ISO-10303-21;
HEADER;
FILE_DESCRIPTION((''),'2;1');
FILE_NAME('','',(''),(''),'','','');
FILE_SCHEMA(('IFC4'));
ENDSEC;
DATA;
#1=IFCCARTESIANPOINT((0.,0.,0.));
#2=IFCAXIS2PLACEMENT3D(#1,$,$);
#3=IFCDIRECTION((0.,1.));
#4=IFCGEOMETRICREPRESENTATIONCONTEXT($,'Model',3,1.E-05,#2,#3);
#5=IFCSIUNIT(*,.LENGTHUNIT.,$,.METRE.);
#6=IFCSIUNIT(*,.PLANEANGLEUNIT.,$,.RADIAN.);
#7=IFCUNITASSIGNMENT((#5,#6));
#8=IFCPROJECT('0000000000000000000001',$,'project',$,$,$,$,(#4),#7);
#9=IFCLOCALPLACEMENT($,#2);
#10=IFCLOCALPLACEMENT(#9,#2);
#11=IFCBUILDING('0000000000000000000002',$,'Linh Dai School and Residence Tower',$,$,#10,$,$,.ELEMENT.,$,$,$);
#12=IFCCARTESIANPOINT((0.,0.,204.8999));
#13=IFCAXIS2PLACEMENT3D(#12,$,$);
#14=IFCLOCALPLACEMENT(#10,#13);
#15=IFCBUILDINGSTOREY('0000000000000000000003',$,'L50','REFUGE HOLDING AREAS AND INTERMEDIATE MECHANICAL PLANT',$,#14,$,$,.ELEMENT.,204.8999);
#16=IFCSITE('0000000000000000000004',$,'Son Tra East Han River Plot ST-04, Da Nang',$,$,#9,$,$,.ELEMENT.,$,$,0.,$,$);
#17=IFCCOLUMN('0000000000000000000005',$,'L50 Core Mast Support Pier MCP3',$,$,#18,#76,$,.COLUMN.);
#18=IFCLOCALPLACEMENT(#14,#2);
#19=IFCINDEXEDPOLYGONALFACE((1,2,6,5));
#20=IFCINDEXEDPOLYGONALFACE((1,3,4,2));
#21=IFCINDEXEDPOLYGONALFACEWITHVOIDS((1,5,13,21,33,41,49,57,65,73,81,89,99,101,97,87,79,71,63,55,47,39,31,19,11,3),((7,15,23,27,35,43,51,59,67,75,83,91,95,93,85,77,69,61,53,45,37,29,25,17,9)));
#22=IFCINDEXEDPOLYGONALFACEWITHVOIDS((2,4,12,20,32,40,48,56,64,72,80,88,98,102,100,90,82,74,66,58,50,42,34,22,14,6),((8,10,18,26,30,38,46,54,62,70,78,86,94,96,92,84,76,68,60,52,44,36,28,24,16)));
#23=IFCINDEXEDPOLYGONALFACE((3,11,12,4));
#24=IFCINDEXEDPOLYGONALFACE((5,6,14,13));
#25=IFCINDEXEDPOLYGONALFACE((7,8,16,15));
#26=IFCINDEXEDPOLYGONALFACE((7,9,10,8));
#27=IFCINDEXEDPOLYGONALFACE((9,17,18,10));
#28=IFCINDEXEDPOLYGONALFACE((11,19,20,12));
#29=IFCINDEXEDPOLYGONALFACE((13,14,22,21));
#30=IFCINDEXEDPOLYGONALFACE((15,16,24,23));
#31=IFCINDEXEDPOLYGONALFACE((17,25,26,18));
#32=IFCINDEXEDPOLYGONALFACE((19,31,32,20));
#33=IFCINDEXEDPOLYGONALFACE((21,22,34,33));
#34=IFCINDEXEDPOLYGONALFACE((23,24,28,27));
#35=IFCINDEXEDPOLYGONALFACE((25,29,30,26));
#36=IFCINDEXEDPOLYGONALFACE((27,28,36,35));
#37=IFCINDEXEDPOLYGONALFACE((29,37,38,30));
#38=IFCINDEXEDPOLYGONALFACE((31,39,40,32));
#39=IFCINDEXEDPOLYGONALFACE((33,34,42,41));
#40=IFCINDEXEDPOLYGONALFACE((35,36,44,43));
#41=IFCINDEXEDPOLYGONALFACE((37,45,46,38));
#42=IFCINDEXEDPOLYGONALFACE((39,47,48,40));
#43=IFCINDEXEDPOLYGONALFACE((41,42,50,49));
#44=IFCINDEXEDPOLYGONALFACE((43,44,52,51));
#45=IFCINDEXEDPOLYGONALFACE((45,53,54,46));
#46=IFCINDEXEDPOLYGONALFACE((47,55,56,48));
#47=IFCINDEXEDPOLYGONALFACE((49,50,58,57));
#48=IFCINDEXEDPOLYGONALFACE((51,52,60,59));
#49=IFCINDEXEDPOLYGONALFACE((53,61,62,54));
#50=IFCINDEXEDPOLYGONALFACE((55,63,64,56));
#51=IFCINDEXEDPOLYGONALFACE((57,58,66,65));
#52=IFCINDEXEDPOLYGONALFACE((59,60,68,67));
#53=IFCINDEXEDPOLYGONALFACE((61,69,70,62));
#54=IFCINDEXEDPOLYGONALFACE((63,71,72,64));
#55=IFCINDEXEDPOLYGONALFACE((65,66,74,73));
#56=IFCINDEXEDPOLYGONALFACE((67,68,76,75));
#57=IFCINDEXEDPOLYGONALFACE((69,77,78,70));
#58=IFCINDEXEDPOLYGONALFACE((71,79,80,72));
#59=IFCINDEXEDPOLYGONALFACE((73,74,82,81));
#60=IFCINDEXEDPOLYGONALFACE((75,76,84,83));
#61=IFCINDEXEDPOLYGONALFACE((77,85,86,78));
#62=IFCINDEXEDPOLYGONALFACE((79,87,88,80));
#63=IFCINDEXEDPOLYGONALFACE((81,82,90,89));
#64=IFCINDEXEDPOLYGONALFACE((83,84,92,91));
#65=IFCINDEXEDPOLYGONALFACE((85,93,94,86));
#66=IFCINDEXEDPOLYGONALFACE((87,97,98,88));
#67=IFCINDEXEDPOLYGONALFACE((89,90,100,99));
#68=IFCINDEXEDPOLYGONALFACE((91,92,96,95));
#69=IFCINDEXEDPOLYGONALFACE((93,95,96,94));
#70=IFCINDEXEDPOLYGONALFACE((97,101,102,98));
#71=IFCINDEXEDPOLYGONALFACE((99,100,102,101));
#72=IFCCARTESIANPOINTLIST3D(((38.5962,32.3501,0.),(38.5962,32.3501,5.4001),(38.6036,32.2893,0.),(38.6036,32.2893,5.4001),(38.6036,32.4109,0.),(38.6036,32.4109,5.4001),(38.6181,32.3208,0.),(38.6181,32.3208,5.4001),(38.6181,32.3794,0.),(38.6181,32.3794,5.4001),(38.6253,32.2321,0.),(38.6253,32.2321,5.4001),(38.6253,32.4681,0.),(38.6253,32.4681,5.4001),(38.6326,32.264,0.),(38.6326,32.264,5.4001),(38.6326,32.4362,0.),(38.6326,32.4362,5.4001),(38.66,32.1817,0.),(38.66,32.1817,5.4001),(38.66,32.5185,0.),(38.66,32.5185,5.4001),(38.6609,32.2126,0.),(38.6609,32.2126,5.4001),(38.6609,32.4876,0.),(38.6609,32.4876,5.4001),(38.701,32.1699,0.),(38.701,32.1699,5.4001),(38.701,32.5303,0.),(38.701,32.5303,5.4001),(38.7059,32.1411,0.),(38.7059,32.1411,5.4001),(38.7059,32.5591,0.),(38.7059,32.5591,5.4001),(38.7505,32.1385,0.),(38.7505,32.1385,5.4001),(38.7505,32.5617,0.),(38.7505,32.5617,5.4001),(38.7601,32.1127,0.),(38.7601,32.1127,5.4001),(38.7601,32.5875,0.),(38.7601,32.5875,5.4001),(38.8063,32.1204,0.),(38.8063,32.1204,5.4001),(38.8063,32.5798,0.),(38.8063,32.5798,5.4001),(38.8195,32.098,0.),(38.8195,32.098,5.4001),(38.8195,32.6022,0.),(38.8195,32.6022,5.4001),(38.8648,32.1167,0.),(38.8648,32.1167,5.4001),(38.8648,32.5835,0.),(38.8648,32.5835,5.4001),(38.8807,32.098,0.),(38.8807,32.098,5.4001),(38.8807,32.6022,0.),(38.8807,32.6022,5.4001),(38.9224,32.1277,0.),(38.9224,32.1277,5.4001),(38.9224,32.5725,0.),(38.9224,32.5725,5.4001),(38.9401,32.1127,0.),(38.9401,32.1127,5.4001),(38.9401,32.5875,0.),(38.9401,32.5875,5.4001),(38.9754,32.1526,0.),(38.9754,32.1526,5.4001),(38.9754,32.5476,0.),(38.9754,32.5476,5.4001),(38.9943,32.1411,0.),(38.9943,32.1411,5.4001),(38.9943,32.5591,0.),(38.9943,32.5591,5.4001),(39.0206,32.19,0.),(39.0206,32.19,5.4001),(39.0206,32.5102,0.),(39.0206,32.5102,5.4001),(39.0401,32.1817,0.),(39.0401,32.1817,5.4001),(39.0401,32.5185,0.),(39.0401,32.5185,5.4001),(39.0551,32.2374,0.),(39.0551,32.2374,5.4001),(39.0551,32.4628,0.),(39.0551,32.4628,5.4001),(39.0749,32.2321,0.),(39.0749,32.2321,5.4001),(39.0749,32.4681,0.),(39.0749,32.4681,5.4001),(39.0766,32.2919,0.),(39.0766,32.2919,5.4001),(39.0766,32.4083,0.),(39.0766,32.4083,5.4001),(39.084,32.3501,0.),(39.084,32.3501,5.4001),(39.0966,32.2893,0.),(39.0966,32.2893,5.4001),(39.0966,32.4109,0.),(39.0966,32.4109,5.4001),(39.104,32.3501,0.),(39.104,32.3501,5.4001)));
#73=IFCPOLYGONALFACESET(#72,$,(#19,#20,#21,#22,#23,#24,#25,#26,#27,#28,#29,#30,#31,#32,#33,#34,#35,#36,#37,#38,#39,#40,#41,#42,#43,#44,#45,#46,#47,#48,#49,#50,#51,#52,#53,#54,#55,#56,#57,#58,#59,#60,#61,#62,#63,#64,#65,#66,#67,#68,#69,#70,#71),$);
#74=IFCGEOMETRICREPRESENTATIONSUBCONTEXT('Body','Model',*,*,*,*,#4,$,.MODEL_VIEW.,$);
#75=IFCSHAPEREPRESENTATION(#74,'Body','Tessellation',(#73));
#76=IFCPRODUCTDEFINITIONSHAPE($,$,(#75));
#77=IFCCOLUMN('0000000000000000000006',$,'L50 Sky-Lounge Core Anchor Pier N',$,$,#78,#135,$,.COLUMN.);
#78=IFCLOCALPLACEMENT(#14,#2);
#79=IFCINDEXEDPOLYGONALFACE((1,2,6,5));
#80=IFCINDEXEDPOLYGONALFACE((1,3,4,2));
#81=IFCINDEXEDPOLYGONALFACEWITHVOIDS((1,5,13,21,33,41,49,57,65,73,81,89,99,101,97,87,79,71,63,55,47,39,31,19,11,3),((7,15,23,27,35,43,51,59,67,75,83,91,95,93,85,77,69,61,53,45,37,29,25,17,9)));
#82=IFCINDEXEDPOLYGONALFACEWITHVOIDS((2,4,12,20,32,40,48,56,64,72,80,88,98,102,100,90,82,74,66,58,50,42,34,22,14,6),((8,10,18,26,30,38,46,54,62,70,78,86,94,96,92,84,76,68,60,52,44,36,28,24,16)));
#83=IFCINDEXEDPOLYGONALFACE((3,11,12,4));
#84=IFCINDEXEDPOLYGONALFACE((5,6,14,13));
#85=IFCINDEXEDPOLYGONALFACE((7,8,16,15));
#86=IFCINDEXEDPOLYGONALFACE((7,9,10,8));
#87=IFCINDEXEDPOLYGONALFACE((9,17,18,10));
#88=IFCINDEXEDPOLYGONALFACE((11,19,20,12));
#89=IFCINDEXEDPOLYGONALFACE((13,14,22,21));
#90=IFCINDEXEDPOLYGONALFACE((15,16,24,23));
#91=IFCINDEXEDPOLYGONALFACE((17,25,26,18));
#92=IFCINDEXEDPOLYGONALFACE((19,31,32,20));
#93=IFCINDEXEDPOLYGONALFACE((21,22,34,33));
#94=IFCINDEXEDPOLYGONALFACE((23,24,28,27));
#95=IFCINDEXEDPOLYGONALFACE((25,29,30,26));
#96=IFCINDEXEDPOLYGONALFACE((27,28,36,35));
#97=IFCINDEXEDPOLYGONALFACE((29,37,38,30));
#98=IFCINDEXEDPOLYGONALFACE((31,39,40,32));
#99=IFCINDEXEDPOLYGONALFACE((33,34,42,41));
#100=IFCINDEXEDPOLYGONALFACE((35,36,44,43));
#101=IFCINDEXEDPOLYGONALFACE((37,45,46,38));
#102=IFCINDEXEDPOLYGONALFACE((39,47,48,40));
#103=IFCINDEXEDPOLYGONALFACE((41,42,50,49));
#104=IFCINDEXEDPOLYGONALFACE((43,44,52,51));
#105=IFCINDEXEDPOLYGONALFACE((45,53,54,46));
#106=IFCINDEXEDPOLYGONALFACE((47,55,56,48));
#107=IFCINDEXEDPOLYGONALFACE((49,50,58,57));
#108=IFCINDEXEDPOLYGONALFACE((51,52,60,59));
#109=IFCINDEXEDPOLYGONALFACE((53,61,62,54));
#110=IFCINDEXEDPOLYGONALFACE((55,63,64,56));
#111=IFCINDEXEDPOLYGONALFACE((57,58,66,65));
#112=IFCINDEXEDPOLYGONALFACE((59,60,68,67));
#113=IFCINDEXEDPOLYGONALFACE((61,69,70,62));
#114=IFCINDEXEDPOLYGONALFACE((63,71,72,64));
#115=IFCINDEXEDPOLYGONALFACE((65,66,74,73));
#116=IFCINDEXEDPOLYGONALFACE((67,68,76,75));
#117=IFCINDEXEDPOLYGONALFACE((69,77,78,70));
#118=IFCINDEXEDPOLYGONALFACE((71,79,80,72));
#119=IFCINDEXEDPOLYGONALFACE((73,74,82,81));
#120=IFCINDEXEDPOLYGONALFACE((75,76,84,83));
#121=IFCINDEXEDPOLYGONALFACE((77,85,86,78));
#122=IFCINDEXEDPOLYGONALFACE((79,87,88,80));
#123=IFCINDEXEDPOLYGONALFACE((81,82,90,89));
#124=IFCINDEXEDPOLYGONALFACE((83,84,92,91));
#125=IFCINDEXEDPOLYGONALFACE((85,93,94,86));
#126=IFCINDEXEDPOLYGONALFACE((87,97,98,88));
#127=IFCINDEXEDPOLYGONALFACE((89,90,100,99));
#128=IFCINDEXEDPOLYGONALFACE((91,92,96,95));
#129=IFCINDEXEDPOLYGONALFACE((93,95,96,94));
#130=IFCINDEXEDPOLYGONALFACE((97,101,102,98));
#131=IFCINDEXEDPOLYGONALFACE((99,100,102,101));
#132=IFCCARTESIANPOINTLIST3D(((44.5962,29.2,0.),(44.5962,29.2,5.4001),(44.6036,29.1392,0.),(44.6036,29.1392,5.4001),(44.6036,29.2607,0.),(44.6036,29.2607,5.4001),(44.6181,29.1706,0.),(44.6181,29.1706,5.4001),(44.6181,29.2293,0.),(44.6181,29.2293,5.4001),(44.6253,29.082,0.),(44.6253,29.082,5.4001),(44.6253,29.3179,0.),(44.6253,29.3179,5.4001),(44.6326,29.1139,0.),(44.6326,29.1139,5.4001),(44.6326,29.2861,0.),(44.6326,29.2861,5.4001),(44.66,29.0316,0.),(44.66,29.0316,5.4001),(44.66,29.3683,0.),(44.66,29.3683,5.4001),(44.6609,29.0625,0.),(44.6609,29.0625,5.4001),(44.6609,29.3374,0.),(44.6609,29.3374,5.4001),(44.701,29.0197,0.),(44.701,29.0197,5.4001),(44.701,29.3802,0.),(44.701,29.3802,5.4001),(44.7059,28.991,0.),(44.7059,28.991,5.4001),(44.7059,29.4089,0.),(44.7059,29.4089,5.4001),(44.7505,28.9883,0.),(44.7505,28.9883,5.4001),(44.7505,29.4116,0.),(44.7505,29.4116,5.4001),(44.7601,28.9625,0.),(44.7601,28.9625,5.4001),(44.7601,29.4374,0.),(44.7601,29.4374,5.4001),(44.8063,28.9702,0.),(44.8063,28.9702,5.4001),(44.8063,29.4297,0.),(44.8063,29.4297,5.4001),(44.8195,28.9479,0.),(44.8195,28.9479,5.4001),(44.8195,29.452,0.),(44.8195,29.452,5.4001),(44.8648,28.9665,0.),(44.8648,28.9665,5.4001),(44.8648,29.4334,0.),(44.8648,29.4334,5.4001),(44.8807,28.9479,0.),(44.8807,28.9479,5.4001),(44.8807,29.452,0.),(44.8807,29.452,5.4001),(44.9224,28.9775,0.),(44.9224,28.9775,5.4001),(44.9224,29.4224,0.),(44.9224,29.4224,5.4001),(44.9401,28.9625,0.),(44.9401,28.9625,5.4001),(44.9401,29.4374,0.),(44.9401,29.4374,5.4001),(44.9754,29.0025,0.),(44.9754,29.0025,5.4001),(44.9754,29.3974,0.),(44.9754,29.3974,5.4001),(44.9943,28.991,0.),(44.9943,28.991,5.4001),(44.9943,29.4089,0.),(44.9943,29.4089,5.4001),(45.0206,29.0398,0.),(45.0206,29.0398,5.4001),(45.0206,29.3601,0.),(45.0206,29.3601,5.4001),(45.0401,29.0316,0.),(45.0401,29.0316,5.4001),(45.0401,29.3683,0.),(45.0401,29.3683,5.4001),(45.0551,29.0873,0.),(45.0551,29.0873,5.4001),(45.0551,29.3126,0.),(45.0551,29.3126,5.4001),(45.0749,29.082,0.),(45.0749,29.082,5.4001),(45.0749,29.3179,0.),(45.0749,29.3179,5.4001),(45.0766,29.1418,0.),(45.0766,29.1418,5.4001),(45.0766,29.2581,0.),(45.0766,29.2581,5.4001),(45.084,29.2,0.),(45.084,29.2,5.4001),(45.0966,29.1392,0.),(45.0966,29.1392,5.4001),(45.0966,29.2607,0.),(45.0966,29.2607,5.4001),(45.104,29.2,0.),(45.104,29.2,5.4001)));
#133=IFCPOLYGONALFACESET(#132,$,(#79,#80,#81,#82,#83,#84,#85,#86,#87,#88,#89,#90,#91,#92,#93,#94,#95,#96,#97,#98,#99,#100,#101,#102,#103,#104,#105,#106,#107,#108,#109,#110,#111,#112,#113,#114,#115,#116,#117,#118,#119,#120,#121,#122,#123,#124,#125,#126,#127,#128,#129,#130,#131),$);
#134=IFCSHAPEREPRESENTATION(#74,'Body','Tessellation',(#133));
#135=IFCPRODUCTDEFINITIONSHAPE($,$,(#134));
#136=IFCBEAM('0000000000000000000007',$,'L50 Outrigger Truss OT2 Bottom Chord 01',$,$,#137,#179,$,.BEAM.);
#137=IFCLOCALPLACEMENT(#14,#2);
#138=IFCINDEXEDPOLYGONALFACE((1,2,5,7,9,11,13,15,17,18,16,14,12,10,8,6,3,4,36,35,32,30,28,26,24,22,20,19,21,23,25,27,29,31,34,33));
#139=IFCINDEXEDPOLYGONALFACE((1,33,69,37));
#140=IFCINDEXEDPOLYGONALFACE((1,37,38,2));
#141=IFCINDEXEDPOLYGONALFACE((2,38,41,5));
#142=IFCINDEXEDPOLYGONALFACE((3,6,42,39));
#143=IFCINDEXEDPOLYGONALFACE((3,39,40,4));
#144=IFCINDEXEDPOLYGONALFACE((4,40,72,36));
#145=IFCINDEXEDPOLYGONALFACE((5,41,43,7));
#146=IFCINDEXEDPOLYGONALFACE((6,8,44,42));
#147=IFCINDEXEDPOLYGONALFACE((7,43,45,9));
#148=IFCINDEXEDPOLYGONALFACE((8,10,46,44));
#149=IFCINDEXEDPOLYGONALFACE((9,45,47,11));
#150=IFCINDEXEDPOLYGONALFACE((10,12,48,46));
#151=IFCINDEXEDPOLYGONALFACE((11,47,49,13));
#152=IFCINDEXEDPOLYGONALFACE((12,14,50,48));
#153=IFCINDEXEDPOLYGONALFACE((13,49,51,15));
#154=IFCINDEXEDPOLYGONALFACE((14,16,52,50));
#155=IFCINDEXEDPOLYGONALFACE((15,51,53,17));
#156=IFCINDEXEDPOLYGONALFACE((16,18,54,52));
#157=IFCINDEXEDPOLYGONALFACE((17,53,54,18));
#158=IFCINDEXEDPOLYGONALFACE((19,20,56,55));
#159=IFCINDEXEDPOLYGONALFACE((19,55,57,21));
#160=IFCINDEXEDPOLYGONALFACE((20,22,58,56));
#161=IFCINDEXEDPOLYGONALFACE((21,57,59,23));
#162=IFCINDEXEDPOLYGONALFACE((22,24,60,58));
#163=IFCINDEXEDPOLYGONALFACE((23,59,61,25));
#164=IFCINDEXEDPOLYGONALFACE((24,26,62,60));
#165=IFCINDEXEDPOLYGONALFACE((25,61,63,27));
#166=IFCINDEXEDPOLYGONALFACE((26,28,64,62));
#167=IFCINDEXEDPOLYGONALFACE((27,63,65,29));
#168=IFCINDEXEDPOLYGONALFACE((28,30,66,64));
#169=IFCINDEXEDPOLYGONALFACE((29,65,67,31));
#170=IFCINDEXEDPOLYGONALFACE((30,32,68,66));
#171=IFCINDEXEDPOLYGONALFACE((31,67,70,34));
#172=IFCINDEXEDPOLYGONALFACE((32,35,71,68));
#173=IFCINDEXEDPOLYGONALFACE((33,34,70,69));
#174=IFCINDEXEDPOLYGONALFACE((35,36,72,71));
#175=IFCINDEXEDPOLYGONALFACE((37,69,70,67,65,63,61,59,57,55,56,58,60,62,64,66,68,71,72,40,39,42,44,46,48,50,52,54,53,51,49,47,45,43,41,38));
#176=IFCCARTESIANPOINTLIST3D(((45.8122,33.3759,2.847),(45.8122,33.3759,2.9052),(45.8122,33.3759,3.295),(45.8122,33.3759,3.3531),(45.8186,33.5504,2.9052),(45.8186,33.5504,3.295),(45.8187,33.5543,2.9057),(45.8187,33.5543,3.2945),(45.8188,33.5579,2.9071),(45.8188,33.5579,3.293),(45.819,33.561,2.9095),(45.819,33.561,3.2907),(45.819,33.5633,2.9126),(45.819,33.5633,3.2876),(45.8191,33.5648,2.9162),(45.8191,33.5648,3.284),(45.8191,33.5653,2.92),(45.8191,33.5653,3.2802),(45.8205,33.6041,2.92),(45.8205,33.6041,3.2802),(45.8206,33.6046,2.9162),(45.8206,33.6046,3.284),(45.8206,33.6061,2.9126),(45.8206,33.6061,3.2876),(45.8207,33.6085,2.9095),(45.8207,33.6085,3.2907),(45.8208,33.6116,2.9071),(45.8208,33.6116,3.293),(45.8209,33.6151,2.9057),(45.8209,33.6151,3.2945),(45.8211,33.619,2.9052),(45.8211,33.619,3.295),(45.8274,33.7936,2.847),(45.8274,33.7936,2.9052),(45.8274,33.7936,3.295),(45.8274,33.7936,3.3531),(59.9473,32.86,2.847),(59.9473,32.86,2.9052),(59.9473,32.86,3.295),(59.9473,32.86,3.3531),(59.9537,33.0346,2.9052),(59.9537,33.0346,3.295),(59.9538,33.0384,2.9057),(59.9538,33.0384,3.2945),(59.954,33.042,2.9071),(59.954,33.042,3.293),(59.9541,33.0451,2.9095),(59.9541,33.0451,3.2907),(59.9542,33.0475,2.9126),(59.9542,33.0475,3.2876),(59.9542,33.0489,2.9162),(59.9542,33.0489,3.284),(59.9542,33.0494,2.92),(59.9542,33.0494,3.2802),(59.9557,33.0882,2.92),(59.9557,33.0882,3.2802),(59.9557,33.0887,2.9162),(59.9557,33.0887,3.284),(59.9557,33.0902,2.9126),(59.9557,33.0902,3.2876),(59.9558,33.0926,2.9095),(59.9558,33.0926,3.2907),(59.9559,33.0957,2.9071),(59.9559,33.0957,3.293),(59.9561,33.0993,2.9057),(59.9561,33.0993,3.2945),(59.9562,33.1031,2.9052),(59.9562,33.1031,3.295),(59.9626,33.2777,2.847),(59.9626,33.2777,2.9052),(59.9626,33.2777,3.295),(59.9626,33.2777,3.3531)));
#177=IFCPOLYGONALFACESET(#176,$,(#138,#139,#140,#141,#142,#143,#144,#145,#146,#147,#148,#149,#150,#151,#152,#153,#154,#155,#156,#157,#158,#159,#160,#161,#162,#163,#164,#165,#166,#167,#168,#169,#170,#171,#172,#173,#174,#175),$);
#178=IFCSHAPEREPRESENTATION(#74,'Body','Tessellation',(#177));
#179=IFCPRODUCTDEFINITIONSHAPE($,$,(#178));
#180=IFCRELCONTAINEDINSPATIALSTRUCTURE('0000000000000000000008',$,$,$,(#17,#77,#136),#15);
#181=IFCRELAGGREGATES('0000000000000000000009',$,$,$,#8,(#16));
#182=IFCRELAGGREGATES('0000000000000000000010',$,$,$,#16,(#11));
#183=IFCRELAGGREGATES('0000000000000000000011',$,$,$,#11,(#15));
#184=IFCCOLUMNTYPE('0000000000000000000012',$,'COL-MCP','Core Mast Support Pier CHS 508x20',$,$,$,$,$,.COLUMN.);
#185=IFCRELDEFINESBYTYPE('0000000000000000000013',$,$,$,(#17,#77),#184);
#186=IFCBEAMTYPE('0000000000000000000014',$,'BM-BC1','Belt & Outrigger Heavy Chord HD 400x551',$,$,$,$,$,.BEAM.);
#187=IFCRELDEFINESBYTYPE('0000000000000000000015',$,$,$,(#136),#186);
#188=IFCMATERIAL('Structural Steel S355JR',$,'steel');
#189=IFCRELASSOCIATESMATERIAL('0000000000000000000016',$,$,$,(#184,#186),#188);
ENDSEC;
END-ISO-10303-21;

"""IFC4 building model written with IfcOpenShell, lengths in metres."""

from ifc_helpers import new_model, si_unit, direction, frame, origin, origin_2d, place, context, subcontext, project, spatial, hollow_circle, i_section, extrude, material, material_profile, profile_set, type_object, element, save


model = new_model("IFC4")

# Units and contexts
model_context = context("Model", 3, precision=1e-05, world=origin(), true_north=direction((0.0, 1.0)))
body_context = subcontext(model_context, "Body", "Model", "MODEL_VIEW")
ifc_project = project(units=[si_unit("LENGTHUNIT", "METRE"), si_unit("PLANEANGLEUNIT", "RADIAN")], contexts=[model_context])

# Site, building, storey
site_placement = place(None, origin())
site = spatial("IfcSite", under=ifc_project, at=site_placement, Name="Son Tra East Han River Plot ST-04, Da Nang", CompositionType="ELEMENT", RefElevation=0.0)
building_placement = place(site_placement, origin())
building = spatial("IfcBuilding", under=site, at=building_placement, Name="Linh Dai School and Residence Tower", CompositionType="ELEMENT")
storey_placement = place(building_placement, frame((0.0, 0.0, 204.8999)))
storey = spatial("IfcBuildingStorey", under=building, at=storey_placement, Name="L50", Description="REFUGE HOLDING AREAS AND INTERMEDIATE MECHANICAL PLANT", CompositionType="ELEMENT", Elevation=204.8999)

# Columns
ifc_material_1 = material(Name="Structural Steel S355JR", Category="steel")
ifc_material_profile_1 = material_profile(ifc_material_1, hollow_circle(Radius=0.2539, WallThickness=0.02, at=origin_2d()), Name="CHS 508x20")
ifc_profile_set_1 = profile_set([ifc_material_profile_1], Name="Structural Steel S355JR")
column_type_1 = type_object("IfcColumnType", Name="COL-MCP", Description="Core Mast Support Pier CHS 508x20", PredefinedType="COLUMN", material=ifc_profile_set_1)
for number, where, z_axis, x_axis, name in (
    (1, (38.8501, 32.3501, 0.0), (0.0, 0.0, 1.0), (1.0, 0.0, 0.0), "L50 Core Mast Support Pier MCP3"),
    (2, (44.8501, 29.2, 0.0), (0.0, 0.0, 1.0), (1.0, 0.0, 0.0), "L50 Sky-Lounge Core Anchor Pier N"),
):
    element("IfcColumn", number, at=place(storey_placement, frame(where, z_axis=z_axis, x_axis=x_axis)), inside=storey, type_object=column_type_1, Name=name, PredefinedType="COLUMN", context=body_context, shape_type="SweptSolid", body=[
        extrude(hollow_circle(Radius=0.2539, WallThickness=0.02, at=origin_2d()), origin(), (0.0, 0.0, 1.0), 5.4001),
    ])

# Beam
ifc_material_profile_2 = material_profile(ifc_material_1, i_section(OverallWidth=0.418, OverallDepth=0.5061, WebThickness=0.0388, FlangeThickness=0.0581, FilletRadius=0.0149, at=origin_2d()), Name="HD 400x551")
ifc_profile_set_2 = profile_set([ifc_material_profile_2], Name="Structural Steel S355JR")
beam_type_1 = type_object("IfcBeamType", Name="BM-BC1", Description="Belt & Outrigger Heavy Chord HD 400x551", PredefinedType="BEAM", material=ifc_profile_set_2)
beam_1_placement = place(storey_placement, frame((45.8198, 33.5847, 3.1001), z_axis=(0.999335, -0.036472, 0.0), x_axis=(0.036472, 0.999335, 0.0)))
element("IfcBeam", 3, at=beam_1_placement, inside=storey, type_object=beam_type_1, Name="L50 Outrigger Truss OT2 Bottom Chord 01", PredefinedType="BEAM", context=body_context, shape_type="SweptSolid", body=[
    extrude(i_section(OverallWidth=0.418, OverallDepth=0.5061, WebThickness=0.0388, FlangeThickness=0.0581, FilletRadius=0.0149, at=origin_2d()), origin(), (0.0, 0.0, 1.0), 14.1445),
])

save(model, "model.ifc")
